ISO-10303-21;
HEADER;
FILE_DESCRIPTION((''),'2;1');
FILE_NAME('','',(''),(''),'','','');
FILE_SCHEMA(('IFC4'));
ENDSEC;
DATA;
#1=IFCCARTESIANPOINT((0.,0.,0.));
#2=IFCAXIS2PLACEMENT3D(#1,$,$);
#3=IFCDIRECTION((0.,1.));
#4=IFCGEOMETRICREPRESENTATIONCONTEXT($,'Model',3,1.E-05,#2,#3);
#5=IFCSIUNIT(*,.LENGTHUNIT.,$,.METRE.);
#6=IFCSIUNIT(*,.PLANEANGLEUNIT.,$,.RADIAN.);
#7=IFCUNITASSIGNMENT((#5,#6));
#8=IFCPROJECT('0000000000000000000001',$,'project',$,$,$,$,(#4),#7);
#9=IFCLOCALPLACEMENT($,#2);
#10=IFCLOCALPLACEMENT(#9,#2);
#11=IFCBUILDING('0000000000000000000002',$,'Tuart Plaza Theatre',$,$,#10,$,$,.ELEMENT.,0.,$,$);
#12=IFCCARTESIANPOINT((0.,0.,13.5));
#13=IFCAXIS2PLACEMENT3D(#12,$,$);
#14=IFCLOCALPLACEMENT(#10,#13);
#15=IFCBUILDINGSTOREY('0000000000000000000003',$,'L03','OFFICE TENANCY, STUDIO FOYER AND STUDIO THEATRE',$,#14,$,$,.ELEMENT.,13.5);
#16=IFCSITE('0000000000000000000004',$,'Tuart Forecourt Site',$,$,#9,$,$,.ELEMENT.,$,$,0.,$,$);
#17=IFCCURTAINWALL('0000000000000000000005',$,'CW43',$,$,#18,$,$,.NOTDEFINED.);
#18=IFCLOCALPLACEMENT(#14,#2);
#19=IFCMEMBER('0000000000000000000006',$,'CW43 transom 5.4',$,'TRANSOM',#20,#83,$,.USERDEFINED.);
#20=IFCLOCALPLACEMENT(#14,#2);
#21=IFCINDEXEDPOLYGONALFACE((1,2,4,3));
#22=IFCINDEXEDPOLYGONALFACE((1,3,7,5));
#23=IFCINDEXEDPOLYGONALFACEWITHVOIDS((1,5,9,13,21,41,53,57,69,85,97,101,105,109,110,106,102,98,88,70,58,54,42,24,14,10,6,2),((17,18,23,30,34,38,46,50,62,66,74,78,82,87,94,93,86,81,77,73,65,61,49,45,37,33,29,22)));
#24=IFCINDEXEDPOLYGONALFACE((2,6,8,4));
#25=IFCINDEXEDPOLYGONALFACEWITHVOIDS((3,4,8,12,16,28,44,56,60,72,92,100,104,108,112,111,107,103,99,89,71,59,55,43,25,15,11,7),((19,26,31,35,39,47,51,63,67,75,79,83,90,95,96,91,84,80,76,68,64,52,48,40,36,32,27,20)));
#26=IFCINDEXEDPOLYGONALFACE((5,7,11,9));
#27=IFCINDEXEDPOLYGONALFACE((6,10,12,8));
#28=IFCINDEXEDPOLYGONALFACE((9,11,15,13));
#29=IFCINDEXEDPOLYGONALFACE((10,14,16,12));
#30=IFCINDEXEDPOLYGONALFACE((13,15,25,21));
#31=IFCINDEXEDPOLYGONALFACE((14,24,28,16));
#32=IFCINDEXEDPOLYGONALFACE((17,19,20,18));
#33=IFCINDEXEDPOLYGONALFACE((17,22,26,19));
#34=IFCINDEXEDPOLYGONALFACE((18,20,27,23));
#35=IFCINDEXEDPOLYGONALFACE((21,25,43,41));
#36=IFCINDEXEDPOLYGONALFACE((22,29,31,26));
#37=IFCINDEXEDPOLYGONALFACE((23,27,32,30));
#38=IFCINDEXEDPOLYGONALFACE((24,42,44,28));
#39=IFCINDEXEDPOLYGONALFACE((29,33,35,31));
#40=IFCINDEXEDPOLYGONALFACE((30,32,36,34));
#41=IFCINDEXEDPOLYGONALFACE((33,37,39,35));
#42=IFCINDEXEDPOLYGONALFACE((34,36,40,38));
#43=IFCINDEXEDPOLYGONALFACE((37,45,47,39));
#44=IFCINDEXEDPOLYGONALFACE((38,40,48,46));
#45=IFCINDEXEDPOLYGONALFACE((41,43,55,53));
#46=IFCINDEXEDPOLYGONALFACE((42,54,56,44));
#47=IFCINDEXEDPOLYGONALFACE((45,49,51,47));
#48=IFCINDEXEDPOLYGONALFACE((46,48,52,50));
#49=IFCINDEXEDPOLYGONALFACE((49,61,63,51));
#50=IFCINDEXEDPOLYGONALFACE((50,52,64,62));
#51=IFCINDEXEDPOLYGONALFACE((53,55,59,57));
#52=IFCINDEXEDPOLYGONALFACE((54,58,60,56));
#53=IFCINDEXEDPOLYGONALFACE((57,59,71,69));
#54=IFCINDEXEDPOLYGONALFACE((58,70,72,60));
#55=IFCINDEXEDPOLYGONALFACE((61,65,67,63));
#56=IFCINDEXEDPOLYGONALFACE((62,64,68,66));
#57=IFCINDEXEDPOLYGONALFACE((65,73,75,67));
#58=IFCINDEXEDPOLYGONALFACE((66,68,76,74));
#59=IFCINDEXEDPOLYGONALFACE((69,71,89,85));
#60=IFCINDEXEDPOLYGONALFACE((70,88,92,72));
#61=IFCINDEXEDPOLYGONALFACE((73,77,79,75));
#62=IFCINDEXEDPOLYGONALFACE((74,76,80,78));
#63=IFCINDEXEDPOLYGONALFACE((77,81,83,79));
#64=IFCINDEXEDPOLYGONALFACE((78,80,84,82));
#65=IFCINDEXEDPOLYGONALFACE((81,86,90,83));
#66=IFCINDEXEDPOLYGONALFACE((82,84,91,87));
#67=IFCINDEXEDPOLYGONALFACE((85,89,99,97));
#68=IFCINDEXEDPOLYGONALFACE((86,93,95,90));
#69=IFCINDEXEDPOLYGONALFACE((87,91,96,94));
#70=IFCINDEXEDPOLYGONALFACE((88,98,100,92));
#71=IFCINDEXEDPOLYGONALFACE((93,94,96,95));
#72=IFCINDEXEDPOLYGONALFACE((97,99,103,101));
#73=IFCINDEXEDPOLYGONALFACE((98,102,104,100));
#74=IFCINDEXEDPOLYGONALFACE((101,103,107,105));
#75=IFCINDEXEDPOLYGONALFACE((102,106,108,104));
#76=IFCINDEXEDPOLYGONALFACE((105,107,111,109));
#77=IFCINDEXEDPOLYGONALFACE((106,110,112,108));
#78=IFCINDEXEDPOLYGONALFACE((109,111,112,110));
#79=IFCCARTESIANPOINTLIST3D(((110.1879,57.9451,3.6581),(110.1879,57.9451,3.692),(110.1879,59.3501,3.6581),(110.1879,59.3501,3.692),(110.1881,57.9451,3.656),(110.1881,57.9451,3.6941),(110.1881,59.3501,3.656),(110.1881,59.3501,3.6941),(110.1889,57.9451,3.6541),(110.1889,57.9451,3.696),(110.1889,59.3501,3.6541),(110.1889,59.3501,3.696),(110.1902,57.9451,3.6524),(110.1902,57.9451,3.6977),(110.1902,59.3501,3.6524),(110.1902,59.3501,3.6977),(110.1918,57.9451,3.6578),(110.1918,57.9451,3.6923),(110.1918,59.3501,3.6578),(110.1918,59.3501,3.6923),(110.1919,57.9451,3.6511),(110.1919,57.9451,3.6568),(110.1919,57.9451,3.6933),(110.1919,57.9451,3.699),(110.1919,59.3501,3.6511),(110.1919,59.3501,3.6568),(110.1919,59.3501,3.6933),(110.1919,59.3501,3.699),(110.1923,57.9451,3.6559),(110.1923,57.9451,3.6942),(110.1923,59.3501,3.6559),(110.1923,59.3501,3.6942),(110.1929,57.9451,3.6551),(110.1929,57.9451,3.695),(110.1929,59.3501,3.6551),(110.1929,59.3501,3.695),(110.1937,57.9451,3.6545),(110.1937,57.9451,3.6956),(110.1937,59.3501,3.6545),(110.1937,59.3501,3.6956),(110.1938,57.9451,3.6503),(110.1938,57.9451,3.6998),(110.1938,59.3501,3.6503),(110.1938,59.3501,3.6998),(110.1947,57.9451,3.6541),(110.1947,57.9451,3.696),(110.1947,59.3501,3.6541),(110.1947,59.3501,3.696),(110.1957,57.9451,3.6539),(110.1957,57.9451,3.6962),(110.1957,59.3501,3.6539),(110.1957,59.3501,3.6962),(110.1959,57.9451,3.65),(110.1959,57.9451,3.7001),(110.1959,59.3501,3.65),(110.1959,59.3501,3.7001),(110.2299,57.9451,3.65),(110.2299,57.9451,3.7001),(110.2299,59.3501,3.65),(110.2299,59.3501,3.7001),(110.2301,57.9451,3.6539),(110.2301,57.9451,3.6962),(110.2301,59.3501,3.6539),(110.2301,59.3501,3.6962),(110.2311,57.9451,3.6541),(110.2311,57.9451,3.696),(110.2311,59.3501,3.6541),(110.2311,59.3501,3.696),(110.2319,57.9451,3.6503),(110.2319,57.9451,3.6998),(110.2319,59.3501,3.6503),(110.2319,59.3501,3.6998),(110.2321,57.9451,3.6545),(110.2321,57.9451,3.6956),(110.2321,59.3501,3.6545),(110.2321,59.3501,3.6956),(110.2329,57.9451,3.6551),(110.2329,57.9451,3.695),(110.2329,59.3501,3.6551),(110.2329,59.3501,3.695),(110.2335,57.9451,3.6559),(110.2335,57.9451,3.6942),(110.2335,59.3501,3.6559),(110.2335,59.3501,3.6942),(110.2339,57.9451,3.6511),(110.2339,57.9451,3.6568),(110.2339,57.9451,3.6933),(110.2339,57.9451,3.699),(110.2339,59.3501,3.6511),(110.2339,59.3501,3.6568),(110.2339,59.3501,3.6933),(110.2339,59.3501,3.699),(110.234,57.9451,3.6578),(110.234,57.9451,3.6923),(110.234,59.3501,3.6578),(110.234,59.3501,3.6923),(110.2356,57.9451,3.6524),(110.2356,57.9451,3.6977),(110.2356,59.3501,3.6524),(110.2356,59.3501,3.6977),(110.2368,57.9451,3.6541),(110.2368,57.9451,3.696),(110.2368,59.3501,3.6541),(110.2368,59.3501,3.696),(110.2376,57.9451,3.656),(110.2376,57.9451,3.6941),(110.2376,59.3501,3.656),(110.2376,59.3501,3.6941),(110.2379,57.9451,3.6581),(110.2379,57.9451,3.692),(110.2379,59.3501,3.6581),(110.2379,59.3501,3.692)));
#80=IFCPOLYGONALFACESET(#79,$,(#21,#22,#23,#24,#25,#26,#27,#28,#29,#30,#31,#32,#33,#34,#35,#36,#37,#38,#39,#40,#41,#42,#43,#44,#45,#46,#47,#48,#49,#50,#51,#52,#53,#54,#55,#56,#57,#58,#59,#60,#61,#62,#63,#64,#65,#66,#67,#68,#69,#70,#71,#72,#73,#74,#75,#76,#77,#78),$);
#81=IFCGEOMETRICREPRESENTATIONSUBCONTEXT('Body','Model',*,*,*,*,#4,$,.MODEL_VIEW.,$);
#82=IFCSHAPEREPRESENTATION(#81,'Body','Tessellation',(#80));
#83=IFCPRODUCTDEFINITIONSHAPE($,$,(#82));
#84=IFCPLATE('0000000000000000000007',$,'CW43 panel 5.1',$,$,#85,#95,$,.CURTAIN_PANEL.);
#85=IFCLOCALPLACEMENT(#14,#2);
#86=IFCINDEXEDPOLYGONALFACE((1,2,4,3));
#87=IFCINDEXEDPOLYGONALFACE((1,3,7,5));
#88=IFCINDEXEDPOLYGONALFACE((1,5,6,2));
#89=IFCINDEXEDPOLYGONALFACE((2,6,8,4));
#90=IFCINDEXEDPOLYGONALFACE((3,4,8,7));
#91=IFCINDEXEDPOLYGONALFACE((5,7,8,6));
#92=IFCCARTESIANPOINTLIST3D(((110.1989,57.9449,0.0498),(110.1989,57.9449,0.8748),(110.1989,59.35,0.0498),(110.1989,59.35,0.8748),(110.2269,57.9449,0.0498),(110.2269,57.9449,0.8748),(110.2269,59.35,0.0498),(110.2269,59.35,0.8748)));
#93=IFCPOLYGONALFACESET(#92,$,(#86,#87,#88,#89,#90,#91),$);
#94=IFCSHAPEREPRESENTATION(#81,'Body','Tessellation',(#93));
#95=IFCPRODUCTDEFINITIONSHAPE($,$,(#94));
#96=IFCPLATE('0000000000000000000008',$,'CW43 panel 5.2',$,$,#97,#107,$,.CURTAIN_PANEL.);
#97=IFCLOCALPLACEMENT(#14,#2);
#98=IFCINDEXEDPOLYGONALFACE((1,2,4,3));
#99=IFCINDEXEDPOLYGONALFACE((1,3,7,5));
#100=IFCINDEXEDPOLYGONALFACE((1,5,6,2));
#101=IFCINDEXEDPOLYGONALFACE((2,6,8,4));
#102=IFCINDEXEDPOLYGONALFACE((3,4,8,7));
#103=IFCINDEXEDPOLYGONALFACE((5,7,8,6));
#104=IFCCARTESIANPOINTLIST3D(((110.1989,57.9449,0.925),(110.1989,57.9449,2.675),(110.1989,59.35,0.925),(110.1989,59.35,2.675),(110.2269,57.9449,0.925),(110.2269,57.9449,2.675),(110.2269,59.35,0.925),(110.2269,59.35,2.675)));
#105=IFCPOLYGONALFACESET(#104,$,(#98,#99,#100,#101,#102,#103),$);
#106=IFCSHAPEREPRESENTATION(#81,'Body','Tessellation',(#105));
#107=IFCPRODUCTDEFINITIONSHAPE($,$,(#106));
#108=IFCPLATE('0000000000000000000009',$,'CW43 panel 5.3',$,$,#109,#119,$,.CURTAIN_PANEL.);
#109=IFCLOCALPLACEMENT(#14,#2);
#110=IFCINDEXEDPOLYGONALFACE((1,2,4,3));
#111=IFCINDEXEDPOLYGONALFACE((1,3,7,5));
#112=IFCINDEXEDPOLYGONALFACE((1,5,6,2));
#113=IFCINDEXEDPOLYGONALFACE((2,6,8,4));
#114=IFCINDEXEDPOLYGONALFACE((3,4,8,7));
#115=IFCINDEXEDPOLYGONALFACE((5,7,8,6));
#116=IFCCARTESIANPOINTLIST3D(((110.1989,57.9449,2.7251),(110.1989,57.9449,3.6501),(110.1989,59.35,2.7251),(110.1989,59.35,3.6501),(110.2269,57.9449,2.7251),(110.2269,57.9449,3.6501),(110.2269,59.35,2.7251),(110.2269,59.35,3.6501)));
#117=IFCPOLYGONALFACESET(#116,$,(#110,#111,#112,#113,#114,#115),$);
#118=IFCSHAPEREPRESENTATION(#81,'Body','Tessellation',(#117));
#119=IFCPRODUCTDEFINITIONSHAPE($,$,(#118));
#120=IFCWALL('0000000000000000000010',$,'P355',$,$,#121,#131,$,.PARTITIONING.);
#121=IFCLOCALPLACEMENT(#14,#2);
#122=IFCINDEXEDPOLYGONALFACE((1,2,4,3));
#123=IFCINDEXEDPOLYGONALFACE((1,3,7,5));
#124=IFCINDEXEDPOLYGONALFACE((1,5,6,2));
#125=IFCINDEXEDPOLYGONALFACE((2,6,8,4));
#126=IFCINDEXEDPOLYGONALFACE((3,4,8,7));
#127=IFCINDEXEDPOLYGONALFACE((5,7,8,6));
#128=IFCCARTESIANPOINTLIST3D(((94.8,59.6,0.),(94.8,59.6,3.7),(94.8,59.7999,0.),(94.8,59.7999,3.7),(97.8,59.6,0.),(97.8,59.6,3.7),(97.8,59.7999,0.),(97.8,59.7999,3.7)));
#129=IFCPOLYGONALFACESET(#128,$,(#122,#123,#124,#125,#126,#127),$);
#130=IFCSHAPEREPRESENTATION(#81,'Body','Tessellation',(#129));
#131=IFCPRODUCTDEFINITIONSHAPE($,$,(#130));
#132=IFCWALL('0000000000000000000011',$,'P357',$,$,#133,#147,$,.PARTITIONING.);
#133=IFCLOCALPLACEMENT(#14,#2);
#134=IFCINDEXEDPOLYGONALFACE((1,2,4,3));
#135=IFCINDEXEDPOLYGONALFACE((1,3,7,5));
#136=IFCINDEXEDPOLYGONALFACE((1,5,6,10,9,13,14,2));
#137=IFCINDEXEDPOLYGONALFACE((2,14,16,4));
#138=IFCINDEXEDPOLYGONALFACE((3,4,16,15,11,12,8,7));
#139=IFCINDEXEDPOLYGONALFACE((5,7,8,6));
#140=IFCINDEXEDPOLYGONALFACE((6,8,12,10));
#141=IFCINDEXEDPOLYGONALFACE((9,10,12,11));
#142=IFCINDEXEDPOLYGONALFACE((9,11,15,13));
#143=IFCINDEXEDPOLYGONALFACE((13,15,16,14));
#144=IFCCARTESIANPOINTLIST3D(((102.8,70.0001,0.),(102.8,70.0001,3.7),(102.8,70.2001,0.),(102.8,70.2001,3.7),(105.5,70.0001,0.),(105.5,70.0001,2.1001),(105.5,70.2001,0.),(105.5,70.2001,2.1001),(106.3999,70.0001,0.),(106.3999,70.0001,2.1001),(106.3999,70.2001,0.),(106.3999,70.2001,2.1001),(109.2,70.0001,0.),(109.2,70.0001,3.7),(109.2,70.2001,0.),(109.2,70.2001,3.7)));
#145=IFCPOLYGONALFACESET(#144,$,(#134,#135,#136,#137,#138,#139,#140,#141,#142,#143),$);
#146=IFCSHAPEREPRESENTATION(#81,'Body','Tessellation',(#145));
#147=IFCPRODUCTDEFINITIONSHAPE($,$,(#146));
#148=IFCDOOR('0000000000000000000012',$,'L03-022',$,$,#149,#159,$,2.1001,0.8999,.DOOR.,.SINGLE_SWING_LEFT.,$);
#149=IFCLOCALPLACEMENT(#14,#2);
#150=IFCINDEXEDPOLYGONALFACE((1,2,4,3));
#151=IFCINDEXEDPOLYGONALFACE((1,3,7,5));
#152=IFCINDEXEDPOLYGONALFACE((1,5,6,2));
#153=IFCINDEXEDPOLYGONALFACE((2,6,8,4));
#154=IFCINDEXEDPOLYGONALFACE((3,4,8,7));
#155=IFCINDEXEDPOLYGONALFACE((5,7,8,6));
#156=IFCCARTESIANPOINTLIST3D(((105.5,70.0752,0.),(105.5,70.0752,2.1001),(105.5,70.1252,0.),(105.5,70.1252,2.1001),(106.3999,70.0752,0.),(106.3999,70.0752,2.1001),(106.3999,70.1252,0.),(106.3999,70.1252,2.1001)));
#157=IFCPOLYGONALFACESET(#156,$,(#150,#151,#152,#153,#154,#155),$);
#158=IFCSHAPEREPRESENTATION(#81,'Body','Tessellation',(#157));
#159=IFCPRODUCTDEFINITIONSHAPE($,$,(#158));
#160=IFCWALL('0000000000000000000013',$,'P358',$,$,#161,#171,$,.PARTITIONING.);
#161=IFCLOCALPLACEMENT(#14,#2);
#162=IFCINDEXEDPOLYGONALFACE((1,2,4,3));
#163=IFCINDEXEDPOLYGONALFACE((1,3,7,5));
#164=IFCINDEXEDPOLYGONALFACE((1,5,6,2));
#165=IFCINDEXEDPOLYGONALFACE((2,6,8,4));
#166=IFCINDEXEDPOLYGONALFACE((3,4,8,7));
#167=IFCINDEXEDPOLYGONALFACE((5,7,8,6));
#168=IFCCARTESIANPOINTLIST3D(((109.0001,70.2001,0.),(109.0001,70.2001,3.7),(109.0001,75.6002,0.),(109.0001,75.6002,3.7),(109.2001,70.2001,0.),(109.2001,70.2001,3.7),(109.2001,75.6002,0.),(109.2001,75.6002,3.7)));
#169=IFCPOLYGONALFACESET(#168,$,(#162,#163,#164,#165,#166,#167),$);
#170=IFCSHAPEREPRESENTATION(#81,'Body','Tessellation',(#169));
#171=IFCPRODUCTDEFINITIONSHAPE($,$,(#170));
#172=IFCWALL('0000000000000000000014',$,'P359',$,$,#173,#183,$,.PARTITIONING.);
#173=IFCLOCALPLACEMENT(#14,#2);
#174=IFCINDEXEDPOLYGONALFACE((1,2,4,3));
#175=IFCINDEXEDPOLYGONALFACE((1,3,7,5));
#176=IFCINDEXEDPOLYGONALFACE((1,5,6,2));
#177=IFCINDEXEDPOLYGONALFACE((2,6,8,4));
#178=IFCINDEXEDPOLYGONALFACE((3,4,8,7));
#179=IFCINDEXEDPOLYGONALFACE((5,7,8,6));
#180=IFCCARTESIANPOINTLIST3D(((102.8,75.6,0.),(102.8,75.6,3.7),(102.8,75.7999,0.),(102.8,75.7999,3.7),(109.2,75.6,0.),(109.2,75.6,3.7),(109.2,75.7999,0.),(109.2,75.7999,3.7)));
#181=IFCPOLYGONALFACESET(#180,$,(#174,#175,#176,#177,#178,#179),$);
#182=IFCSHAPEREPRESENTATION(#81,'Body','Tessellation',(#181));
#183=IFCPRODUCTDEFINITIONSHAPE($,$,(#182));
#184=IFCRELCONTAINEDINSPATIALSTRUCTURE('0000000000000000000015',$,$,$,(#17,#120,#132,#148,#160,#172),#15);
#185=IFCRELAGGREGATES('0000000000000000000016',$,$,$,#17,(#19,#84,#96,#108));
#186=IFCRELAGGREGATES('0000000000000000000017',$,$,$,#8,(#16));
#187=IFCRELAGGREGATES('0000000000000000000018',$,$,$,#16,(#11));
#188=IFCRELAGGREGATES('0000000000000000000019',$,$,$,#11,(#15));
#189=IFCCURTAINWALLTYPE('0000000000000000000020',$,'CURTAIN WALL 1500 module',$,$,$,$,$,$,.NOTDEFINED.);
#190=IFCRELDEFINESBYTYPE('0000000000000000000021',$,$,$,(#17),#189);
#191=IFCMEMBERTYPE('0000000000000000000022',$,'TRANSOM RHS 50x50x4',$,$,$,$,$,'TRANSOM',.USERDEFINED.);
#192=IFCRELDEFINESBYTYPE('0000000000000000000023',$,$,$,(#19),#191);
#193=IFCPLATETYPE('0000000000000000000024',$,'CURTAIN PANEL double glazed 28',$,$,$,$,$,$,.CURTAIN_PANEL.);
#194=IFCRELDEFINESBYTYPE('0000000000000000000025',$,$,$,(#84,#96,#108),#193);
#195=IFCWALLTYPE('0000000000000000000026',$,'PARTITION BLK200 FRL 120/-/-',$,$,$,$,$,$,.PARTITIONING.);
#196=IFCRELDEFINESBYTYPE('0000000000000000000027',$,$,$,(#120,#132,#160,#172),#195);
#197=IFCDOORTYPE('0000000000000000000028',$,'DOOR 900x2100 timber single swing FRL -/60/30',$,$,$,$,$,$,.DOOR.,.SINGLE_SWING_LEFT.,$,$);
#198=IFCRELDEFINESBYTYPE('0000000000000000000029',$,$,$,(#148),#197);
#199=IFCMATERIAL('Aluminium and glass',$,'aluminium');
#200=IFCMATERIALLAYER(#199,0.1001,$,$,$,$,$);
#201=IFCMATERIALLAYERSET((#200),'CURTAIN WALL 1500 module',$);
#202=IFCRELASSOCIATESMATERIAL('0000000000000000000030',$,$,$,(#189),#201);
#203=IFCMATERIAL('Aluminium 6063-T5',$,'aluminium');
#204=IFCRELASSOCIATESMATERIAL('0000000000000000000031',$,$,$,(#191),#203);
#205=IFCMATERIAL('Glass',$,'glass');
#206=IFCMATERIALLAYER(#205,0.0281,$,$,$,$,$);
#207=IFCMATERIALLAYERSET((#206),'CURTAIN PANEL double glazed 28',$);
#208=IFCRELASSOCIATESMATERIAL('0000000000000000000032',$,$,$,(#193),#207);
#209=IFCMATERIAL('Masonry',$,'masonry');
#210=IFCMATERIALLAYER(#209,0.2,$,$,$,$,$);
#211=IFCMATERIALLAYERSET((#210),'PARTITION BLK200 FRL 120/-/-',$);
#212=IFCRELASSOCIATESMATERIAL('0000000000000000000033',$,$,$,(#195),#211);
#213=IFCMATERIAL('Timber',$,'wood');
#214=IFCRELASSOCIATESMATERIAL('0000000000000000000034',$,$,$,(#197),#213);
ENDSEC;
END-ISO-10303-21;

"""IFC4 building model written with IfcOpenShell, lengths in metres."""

from ifc_helpers import new_model, si_unit, direction, frame, frame_2d, origin, origin_2d, place, context, subcontext, project, spatial, rectangle, hollow_rectangle, extrude, material, layer, layer_set, material_profile, profile_set, type_object, element, fill, aggregate, save


model = new_model("IFC4")

# Units and contexts
model_context = context("Model", 3, precision=1e-05, world=origin(), true_north=direction((0.0, 1.0)))
body_context = subcontext(model_context, "Body", "Model", "MODEL_VIEW")
ifc_project = project(units=[si_unit("LENGTHUNIT", "METRE"), si_unit("PLANEANGLEUNIT", "RADIAN")], contexts=[model_context])

# Site, building, storey
site_placement = place(None, origin())
site = spatial("IfcSite", under=ifc_project, at=site_placement, Name="Tuart Forecourt Site", CompositionType="ELEMENT", RefElevation=0.0)
building_placement = place(site_placement, origin())
building = spatial("IfcBuilding", under=site, at=building_placement, Name="Tuart Plaza Theatre", CompositionType="ELEMENT", ElevationOfRefHeight=0.0)
storey_placement = place(building_placement, frame((0.0, 0.0, 13.5)))
storey = spatial("IfcBuildingStorey", under=building, at=storey_placement, Name="L03", Description="OFFICE TENANCY, STUDIO FOYER AND STUDIO THEATRE", CompositionType="ELEMENT", Elevation=13.5)

# Curtain wall, member, plates
ifc_material_1 = material(Name="Aluminium and glass", Category="aluminium")
ifc_layer_1 = layer(ifc_material_1, 0.1001)
ifc_layer_set_1 = layer_set([ifc_layer_1], Name="CURTAIN WALL 1500 module")
curtain_wall_type = type_object("IfcCurtainWallType", Name="CURTAIN WALL 1500 module", PredefinedType="NOTDEFINED", material=ifc_layer_set_1)
curtain_wall_placement = place(storey_placement, origin())
curtain_wall = element("IfcCurtainWall", 1, at=curtain_wall_placement, inside=storey, type_object=curtain_wall_type, Name="CW43", PredefinedType="NOTDEFINED")
ifc_material_2 = material(Name="Aluminium 6063-T5", Category="aluminium")
ifc_material_profile_1 = material_profile(ifc_material_2, hollow_rectangle(XDim=0.05, YDim=0.05, WallThickness=0.0039, InnerFilletRadius=0.0039, OuterFilletRadius=0.0081, at=origin_2d()), Name="RHS 50x50x4")
ifc_profile_set_1 = profile_set([ifc_material_profile_1], Name="Aluminium 6063-T5")
member_type = type_object("IfcMemberType", Name="TRANSOM RHS 50x50x4", ElementType="TRANSOM", PredefinedType="USERDEFINED", material=ifc_profile_set_1)
member_1_placement = place(storey_placement, frame((110.2129, 57.9451, 3.675), z_axis=(0.0, 1.0, 0.0), x_axis=(-1.0, 0.0, 0.0)))
member_1 = element("IfcMember", 2, at=member_1_placement, type_object=member_type, Name="CW43 transom 5.4", ObjectType="TRANSOM", PredefinedType="USERDEFINED", context=body_context, shape_type="SweptSolid", body=[
    extrude(hollow_rectangle(XDim=0.05, YDim=0.05, WallThickness=0.0039, InnerFilletRadius=0.0039, OuterFilletRadius=0.0081, at=origin_2d()), origin(), (0.0, 0.0, 1.0), 1.405),
])
ifc_material_3 = material(Name="Glass", Category="glass")
ifc_layer_2 = layer(ifc_material_3, 0.0281)
ifc_layer_set_2 = layer_set([ifc_layer_2], Name="CURTAIN PANEL double glazed 28")
plate_type = type_object("IfcPlateType", Name="CURTAIN PANEL double glazed 28", PredefinedType="CURTAIN_PANEL", material=ifc_layer_set_2)
plate_1_placement = place(storey_placement, frame((110.2129, 58.6475, 0.0498), z_axis=(0.0, 0.0, 1.0), x_axis=(0.0, 1.0, 0.0)))
plate_1 = element("IfcPlate", 3, at=plate_1_placement, type_object=plate_type, Name="CW43 panel 5.1", PredefinedType="CURTAIN_PANEL", context=body_context, shape_type="SweptSolid", body=[
    extrude(rectangle(XDim=1.405, YDim=0.0281, at=origin_2d()), origin(), (0.0, 0.0, 1.0), 0.825),
])
plate_2_placement = place(storey_placement, frame((110.2129, 58.6475, 0.925), z_axis=(0.0, 0.0, 1.0), x_axis=(0.0, 1.0, 0.0)))
plate_2 = element("IfcPlate", 4, at=plate_2_placement, type_object=plate_type, Name="CW43 panel 5.2", PredefinedType="CURTAIN_PANEL", context=body_context, shape_type="SweptSolid", body=[
    extrude(rectangle(XDim=1.405, YDim=0.0281, at=origin_2d()), origin(), (0.0, 0.0, 1.0), 1.75),
])
plate_3_placement = place(storey_placement, frame((110.2129, 58.6475, 2.7251), z_axis=(0.0, 0.0, 1.0), x_axis=(0.0, 1.0, 0.0)))
plate_3 = element("IfcPlate", 5, at=plate_3_placement, type_object=plate_type, Name="CW43 panel 5.3", PredefinedType="CURTAIN_PANEL", context=body_context, shape_type="SweptSolid", body=[
    extrude(rectangle(XDim=1.405, YDim=0.0281, at=origin_2d()), origin(), (0.0, 0.0, 1.0), 0.925),
])
aggregate(curtain_wall, [member_1, plate_1, plate_2, plate_3])

# Wall
ifc_material_4 = material(Name="Masonry", Category="masonry")
ifc_layer_3 = layer(ifc_material_4, 0.2)
ifc_layer_set_3 = layer_set([ifc_layer_3], Name="PARTITION BLK200 FRL 120/-/-")
wall_type_1 = type_object("IfcWallType", Name="PARTITION BLK200 FRL 120/-/-", PredefinedType="PARTITIONING", material=ifc_layer_set_3)
wall_1_placement = place(storey_placement, frame((97.8, 59.7, 0.0), z_axis=(0.0, 0.0, 1.0), x_axis=(-1.0, 0.0, 0.0)))
element("IfcWall", 6, at=wall_1_placement, inside=storey, type_object=wall_type_1, Name="P355", PredefinedType="PARTITIONING", context=body_context, shape_type="SweptSolid", body=[
    extrude(rectangle(XDim=3.0, YDim=0.2, at=frame_2d((1.5, 0.0))), origin(), (0.0, 0.0, 1.0), 3.7),
])

# Wall, opening, door
wall_2_placement = place(storey_placement, frame((102.8, 70.1001, 0.0), z_axis=(0.0, 0.0, 1.0), x_axis=(1.0, 0.0, 0.0)))
wall_2 = element("IfcWall", 7, at=wall_2_placement, inside=storey, type_object=wall_type_1, Name="P357", PredefinedType="PARTITIONING", context=body_context, shape_type="SweptSolid", body=[
    extrude(rectangle(XDim=6.3999, YDim=0.2, at=frame_2d((3.2, 0.0))), origin(), (0.0, 0.0, 1.0), 3.7),
])
opening_placement = place(wall_2_placement, frame((2.7, 0.0, 0.0)))
opening = element("IfcOpeningElement", 8, at=opening_placement, cuts=wall_2, PredefinedType="OPENING", context=body_context, shape_type="SweptSolid", body=[
    extrude(rectangle(XDim=0.8999, YDim=2.1001, at=frame_2d((0.45, 1.05))), frame((0.0, 0.1099, 0.0), z_axis=(0.0, -1.0, 0.0), x_axis=(1.0, 0.0, 0.0)), (0.0, 0.0, 1.0), 0.22),
])
ifc_material_5 = material(Name="Timber", Category="wood")
door_type = type_object("IfcDoorType", Name="DOOR 900x2100 timber single swing FRL -/60/30", OperationType="SINGLE_SWING_LEFT", PredefinedType="DOOR", material=ifc_material_5)
door_placement = place(opening_placement, frame((0.8999, 0.0, 0.0), z_axis=(0.0, 0.0, 1.0), x_axis=(-1.0, 0.0, 0.0)))
door = element("IfcDoor", 9, at=door_placement, inside=storey, type_object=door_type, Name="L03-022", OperationType="SINGLE_SWING_LEFT", OverallHeight=2.1001, OverallWidth=0.8999, PredefinedType="DOOR", context=body_context, shape_type="SweptSolid", body=[
    extrude(rectangle(XDim=0.8999, YDim=2.1001, at=frame_2d((0.45, 1.05))), frame((0.0, 0.0249, 0.0), z_axis=(0.0, -1.0, 0.0), x_axis=(1.0, 0.0, 0.0)), (0.0, 0.0, 1.0), 0.05),
])
fill(opening, door)

# Walls
wall_3_placement = place(storey_placement, frame((109.1001, 70.2, 0.0), z_axis=(0.0, 0.0, 1.0), x_axis=(0.0, 1.0, 0.0)))
element("IfcWall", 10, at=wall_3_placement, inside=storey, type_object=wall_type_1, Name="P358", PredefinedType="PARTITIONING", context=body_context, shape_type="SweptSolid", body=[
    extrude(rectangle(XDim=5.4001, YDim=0.2, at=frame_2d((2.7002, 0.0))), origin(), (0.0, 0.0, 1.0), 3.7),
])
wall_4_placement = place(storey_placement, frame((109.2, 75.7, 0.0), z_axis=(0.0, 0.0, 1.0), x_axis=(-1.0, 0.0, 0.0)))
element("IfcWall", 11, at=wall_4_placement, inside=storey, type_object=wall_type_1, Name="P359", PredefinedType="PARTITIONING", context=body_context, shape_type="SweptSolid", body=[
    extrude(rectangle(XDim=6.3999, YDim=0.2, at=frame_2d((3.2, 0.0))), origin(), (0.0, 0.0, 1.0), 3.7),
])

save(model, "model.ifc")
